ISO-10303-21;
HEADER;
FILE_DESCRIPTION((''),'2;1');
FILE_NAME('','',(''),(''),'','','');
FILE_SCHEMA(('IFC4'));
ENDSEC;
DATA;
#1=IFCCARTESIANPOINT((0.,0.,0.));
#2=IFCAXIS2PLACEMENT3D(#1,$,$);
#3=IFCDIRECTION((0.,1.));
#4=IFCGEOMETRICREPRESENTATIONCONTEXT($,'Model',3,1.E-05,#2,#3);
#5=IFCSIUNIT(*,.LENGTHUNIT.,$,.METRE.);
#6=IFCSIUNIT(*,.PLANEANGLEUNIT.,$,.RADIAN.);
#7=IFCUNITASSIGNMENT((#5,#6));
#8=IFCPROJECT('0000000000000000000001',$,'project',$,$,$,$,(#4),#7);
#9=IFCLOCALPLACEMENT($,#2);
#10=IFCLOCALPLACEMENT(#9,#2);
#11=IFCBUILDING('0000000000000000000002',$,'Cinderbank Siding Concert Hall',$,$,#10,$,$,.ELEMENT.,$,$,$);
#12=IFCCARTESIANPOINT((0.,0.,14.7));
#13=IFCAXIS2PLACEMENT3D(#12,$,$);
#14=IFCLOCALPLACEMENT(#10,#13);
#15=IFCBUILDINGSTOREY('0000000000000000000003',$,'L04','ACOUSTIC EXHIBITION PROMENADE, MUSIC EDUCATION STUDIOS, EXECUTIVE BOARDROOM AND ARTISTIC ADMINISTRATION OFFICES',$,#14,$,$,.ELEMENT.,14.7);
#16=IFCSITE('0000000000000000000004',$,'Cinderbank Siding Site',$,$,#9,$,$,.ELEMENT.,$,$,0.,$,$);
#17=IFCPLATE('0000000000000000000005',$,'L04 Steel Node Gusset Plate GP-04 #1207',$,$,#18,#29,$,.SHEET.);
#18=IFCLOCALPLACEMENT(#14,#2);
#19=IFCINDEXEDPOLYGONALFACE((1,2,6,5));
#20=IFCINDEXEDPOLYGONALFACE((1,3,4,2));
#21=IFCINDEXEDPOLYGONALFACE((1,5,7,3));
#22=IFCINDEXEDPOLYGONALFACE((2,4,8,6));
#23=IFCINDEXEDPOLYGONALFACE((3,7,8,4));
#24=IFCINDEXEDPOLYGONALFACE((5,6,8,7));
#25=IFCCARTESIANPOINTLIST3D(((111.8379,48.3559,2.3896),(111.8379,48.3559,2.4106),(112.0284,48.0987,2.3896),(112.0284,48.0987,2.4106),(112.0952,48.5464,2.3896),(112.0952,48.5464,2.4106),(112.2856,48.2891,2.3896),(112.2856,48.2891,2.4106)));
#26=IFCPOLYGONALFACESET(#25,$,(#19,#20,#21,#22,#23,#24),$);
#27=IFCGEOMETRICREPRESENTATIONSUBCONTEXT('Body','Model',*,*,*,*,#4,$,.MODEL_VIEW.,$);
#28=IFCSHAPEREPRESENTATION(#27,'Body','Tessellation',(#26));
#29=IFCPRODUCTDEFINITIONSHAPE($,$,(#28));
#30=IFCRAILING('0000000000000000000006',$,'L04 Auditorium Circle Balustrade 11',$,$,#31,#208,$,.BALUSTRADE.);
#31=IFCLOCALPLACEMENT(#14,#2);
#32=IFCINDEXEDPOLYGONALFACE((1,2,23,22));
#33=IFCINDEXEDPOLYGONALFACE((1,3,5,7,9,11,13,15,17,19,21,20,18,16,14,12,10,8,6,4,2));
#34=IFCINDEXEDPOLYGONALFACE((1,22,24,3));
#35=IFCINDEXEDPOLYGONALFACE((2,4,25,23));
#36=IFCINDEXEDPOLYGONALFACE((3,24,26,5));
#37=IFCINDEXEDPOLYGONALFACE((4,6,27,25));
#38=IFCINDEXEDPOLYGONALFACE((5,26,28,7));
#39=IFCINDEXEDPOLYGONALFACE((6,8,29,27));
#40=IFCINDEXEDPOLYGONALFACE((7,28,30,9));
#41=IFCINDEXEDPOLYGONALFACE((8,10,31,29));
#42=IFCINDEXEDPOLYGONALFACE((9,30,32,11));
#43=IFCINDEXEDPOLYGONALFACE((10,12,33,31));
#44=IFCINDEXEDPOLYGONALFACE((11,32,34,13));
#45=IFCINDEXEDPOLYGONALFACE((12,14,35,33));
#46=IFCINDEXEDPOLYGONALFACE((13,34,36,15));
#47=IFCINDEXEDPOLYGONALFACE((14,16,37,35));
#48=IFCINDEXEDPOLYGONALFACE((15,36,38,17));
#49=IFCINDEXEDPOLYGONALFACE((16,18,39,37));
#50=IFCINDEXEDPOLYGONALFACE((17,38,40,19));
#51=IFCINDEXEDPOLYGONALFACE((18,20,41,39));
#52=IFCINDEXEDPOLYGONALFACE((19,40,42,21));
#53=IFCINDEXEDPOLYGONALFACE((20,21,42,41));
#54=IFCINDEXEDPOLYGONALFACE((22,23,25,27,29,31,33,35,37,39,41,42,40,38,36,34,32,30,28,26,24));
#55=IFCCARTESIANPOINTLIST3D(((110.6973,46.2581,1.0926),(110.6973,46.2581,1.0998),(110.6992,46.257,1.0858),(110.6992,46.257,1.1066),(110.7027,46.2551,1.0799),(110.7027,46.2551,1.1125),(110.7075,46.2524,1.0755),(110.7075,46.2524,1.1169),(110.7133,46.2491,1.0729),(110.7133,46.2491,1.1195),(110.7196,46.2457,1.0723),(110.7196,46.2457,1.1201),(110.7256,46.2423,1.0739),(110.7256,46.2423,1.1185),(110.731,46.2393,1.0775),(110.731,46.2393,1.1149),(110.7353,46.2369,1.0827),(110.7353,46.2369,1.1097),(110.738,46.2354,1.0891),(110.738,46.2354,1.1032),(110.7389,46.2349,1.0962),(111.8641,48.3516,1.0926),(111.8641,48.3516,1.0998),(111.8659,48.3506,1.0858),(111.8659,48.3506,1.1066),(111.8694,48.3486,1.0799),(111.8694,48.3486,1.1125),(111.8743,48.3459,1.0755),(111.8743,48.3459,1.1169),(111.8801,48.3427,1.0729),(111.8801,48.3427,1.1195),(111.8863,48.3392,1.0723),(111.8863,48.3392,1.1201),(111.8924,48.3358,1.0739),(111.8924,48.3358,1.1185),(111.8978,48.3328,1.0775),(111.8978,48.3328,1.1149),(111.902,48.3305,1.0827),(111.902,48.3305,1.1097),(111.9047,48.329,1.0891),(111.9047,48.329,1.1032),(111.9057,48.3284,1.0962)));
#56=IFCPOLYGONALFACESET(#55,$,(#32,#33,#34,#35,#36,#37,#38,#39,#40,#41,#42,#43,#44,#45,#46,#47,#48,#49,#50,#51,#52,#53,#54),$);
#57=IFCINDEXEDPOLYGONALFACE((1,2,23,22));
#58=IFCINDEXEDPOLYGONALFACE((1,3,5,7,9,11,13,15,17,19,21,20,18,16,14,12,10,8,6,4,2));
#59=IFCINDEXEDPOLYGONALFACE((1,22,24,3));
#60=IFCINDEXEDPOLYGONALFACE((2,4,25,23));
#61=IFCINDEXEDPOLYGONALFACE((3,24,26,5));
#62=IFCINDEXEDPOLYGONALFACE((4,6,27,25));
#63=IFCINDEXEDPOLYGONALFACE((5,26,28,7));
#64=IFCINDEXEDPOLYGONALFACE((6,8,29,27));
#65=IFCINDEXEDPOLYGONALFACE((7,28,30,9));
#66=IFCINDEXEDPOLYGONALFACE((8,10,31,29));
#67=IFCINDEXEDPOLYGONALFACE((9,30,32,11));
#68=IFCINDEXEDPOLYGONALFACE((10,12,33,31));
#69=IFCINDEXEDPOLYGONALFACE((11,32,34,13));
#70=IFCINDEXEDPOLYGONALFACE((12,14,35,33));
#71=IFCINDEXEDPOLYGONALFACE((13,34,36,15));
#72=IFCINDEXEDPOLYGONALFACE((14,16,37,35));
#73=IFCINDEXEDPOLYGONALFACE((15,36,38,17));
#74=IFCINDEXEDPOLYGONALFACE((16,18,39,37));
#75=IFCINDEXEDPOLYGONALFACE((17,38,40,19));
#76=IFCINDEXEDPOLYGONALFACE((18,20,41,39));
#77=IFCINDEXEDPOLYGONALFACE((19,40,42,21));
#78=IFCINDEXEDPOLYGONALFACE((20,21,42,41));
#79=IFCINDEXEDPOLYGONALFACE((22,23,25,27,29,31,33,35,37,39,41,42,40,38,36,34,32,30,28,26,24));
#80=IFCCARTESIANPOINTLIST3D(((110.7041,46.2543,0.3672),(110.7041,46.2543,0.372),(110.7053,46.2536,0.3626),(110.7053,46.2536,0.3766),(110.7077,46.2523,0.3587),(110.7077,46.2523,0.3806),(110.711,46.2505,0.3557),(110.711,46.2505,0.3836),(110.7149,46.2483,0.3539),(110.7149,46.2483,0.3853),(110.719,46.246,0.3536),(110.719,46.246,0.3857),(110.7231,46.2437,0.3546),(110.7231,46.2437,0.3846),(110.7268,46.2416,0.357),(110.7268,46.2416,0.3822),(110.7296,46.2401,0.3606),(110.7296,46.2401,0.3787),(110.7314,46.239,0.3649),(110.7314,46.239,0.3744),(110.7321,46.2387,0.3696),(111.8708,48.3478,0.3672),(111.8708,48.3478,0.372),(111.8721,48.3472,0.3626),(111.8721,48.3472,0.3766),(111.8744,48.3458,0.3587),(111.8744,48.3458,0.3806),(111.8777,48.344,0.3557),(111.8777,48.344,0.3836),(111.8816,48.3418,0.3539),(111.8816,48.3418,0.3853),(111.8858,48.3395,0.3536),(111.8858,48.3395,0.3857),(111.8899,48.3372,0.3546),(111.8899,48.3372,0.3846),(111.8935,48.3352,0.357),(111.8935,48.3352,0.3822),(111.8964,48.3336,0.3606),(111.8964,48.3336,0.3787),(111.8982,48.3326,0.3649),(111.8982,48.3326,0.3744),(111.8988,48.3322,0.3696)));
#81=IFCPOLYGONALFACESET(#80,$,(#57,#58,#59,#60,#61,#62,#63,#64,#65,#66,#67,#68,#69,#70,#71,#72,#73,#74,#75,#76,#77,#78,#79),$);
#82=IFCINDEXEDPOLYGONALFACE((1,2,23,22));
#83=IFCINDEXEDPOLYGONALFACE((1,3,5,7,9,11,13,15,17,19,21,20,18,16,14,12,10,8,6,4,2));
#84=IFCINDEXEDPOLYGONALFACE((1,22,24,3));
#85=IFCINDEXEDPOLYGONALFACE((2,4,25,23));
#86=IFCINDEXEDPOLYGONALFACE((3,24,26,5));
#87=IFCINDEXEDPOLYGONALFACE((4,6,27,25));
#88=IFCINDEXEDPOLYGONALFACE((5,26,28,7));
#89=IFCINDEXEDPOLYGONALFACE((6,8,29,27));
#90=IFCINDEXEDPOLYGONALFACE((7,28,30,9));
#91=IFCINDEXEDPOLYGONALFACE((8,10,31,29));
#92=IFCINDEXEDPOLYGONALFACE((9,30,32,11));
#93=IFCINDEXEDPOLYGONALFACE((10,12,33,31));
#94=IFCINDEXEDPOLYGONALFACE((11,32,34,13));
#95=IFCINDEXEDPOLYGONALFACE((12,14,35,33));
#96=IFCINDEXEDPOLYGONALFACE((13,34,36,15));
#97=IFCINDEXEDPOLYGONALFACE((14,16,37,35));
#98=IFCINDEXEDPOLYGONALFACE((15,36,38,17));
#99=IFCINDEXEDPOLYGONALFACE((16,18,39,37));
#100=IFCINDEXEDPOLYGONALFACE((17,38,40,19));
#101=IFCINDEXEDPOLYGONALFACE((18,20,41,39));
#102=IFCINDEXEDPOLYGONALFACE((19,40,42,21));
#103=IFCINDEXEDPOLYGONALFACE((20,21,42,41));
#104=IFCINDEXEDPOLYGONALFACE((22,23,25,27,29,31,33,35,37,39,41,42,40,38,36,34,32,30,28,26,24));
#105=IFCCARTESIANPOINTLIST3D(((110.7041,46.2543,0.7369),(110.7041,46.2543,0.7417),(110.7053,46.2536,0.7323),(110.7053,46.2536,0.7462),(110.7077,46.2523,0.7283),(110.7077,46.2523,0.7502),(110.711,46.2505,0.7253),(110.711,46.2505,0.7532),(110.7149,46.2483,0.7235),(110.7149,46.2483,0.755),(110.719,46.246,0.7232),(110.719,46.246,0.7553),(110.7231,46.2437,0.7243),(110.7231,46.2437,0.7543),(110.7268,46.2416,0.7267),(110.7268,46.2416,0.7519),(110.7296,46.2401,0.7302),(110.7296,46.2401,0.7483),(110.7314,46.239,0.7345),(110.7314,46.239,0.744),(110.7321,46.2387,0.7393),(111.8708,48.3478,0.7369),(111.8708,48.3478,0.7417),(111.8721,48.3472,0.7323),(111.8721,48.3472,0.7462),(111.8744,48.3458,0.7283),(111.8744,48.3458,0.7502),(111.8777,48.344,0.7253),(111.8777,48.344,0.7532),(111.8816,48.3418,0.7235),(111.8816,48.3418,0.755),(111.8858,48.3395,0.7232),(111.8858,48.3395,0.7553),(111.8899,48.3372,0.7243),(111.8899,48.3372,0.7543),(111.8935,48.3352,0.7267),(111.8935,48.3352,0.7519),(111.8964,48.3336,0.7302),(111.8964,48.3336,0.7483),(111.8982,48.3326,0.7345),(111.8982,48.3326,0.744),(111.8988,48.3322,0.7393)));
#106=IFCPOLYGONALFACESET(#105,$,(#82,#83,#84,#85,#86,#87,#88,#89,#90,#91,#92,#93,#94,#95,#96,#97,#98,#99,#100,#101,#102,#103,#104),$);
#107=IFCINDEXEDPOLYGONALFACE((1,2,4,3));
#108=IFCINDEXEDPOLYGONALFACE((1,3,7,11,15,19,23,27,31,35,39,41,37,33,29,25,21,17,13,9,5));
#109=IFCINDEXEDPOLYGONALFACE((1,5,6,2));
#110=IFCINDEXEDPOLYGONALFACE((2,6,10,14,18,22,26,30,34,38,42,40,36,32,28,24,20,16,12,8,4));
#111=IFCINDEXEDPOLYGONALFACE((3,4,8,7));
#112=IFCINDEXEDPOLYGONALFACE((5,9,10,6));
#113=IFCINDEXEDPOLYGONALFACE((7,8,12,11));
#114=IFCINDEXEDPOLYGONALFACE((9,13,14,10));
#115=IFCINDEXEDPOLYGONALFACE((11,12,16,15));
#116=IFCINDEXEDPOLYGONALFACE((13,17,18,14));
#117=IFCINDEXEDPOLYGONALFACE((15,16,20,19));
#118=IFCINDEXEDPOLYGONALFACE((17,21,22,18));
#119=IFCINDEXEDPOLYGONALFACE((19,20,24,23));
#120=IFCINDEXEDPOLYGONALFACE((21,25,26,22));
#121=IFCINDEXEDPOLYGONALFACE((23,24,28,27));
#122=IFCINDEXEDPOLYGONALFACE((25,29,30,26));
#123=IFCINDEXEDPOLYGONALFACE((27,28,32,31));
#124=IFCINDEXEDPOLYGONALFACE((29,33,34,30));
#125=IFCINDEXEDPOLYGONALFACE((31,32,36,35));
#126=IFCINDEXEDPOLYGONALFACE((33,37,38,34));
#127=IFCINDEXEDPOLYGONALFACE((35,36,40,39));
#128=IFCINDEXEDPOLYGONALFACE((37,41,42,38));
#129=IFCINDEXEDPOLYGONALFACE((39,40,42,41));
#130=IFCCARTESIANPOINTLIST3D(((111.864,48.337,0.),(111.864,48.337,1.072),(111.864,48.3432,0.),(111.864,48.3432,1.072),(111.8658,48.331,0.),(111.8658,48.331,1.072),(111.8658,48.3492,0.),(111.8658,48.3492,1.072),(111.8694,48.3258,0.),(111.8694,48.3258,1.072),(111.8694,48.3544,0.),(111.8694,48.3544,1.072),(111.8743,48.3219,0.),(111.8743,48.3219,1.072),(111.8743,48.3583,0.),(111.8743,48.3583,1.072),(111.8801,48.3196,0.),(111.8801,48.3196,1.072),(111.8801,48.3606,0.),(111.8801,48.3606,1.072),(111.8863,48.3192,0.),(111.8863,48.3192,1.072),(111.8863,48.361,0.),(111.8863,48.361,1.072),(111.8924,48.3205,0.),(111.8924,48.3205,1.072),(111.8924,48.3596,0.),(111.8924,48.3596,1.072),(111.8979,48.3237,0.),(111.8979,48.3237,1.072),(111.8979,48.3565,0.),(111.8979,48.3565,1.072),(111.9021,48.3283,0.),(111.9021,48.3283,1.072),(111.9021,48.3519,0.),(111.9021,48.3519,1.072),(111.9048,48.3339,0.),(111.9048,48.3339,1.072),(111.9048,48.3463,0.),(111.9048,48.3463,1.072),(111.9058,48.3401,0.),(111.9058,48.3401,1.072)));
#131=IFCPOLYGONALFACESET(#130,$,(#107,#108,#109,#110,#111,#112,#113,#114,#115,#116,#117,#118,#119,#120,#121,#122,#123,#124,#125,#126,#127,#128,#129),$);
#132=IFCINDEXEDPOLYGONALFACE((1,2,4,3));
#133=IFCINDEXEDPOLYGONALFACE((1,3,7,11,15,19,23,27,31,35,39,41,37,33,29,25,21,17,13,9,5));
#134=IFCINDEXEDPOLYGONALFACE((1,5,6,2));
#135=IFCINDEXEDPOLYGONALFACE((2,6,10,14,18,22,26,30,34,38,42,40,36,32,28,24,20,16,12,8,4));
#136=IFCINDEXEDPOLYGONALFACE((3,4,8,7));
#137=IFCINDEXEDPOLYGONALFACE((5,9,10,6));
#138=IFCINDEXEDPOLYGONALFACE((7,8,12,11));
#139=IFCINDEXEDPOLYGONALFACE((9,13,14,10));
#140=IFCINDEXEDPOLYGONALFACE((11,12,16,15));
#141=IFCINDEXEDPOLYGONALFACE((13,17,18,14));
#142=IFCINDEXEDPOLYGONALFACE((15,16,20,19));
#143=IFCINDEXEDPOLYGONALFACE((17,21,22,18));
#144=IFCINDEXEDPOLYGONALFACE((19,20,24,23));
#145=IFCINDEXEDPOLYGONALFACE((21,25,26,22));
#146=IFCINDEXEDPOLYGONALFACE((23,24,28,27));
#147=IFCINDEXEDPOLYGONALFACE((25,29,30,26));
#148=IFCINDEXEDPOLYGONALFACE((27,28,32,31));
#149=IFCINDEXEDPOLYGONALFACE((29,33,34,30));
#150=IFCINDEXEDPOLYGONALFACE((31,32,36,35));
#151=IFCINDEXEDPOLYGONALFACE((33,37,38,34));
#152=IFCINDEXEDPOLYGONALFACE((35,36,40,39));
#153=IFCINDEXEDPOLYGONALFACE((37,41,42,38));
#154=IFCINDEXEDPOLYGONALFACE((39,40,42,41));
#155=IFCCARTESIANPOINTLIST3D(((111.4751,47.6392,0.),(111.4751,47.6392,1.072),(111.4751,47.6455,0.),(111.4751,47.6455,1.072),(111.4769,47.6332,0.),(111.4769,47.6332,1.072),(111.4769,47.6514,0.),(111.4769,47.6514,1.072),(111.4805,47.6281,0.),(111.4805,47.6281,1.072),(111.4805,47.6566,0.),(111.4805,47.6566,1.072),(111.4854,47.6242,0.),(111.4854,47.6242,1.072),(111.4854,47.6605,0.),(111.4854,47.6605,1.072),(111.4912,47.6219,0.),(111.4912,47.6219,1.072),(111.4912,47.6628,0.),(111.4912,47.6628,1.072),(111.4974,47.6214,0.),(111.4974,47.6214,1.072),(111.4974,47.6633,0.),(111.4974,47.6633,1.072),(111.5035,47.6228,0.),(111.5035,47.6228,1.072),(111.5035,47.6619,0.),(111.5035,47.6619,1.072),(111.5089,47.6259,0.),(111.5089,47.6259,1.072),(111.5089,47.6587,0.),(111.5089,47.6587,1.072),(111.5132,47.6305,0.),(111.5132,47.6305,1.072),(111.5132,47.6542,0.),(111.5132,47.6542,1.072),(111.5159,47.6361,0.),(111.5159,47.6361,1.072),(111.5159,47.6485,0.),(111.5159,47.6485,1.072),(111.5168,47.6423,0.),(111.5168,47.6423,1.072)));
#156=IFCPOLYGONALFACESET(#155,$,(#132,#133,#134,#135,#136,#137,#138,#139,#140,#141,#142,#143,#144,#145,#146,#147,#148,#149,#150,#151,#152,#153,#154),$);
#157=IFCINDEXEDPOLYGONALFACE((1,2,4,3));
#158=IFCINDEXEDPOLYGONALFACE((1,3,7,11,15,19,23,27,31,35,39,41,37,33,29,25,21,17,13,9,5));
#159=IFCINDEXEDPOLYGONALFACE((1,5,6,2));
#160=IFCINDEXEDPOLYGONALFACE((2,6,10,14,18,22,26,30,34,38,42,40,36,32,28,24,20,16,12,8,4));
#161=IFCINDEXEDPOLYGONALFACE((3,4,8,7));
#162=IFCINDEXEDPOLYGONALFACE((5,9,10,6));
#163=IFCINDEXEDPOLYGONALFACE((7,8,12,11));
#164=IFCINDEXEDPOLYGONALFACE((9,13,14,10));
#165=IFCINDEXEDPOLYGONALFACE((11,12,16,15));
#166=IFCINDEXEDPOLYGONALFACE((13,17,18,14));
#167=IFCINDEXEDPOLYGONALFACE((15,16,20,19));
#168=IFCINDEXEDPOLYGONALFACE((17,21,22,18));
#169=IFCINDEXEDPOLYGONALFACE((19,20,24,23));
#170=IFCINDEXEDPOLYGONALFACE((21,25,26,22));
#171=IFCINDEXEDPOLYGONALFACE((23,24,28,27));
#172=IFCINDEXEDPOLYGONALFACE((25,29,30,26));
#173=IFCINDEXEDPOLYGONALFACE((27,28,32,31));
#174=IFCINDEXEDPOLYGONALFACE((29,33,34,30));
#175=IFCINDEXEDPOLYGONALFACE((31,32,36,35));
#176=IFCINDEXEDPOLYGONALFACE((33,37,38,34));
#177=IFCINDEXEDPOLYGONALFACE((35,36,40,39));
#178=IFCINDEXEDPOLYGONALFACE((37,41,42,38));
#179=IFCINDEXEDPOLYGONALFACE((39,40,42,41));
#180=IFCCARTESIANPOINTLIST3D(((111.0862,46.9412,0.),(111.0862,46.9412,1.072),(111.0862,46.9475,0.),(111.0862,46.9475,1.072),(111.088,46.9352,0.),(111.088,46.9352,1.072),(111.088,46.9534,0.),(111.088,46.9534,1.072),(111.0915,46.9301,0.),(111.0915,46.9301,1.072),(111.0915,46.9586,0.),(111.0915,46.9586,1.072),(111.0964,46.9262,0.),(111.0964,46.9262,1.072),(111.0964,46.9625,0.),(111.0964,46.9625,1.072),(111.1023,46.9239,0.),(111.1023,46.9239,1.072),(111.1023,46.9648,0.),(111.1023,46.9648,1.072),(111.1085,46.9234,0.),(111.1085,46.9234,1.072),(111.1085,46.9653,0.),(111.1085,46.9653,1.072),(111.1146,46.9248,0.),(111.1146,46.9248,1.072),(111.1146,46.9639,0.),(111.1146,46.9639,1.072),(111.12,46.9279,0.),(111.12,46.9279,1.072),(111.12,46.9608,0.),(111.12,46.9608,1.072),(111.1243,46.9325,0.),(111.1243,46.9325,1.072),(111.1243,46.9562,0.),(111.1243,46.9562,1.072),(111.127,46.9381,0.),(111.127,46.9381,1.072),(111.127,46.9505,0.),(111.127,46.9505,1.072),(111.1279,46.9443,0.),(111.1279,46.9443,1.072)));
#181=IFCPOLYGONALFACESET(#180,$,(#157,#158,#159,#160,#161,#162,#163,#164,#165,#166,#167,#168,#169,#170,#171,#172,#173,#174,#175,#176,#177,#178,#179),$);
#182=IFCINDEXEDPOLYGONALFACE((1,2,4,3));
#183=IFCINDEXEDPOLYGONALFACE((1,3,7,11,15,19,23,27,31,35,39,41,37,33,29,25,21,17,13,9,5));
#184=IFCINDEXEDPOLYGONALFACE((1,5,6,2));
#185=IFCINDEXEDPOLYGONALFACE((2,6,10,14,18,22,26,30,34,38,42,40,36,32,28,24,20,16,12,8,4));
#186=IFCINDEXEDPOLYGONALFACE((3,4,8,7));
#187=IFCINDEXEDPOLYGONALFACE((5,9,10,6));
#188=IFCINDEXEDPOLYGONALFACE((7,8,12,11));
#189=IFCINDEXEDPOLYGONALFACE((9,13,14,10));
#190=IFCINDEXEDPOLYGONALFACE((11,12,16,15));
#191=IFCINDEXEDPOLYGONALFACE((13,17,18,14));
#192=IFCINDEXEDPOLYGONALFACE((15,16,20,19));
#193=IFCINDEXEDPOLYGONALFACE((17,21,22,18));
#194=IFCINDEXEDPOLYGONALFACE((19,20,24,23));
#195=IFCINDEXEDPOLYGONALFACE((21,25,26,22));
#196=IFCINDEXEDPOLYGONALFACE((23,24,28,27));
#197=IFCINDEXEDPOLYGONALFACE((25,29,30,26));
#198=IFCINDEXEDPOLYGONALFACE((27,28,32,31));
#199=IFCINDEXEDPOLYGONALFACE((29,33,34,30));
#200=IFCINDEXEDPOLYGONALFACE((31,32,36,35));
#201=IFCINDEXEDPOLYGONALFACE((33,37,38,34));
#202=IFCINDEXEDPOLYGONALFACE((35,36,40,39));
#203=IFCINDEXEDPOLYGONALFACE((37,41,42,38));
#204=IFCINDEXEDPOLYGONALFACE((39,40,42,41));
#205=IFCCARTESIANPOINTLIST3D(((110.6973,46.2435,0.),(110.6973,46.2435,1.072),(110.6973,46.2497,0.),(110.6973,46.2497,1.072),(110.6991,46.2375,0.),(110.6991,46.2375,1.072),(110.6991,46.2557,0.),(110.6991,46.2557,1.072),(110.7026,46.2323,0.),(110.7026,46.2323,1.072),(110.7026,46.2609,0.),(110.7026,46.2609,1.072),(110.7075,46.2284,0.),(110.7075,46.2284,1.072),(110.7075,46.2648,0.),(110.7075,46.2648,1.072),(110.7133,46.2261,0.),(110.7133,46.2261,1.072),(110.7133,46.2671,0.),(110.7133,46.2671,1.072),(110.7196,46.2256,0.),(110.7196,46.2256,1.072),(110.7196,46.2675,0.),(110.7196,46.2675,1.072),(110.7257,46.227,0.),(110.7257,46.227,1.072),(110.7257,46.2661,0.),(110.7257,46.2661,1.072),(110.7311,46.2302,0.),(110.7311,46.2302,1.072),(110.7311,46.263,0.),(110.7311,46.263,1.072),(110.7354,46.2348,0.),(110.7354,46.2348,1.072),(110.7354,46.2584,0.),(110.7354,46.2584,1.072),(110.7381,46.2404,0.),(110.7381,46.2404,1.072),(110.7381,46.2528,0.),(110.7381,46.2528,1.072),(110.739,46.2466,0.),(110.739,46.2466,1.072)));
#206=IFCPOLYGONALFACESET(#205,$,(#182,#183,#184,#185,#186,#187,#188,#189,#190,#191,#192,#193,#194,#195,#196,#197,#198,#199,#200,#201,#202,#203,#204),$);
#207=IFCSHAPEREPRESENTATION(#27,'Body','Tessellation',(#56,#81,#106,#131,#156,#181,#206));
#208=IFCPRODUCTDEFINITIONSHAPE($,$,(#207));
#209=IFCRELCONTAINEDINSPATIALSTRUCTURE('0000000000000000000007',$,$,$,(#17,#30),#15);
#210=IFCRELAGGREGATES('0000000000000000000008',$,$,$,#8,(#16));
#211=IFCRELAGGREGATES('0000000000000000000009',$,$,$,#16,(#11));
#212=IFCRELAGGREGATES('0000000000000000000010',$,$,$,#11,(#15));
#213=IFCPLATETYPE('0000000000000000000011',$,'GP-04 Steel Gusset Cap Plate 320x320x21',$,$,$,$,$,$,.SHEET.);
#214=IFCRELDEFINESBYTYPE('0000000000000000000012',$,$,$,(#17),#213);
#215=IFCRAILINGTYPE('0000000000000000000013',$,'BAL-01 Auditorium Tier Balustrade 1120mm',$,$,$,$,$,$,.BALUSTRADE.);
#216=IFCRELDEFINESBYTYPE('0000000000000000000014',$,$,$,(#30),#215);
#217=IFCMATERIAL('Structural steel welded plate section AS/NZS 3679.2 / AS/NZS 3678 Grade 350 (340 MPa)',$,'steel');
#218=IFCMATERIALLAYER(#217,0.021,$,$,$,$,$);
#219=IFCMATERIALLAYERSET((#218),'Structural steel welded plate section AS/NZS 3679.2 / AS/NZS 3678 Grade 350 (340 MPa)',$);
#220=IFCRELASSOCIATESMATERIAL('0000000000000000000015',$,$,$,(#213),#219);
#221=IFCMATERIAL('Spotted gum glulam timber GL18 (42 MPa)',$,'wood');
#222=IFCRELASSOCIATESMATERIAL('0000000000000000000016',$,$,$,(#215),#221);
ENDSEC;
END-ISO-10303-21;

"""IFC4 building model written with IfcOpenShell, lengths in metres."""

from ifc_helpers import new_model, si_unit, direction, frame, origin, origin_2d, place, context, subcontext, project, spatial, rectangle, circle, extrude, material, layer, layer_set, type_object, element, save


model = new_model("IFC4")

# Units and contexts
model_context = context("Model", 3, precision=1e-05, world=origin(), true_north=direction((0.0, 1.0)))
body_context = subcontext(model_context, "Body", "Model", "MODEL_VIEW")
ifc_project = project(units=[si_unit("LENGTHUNIT", "METRE"), si_unit("PLANEANGLEUNIT", "RADIAN")], contexts=[model_context])

# Site, building, storey
site_placement = place(None, origin())
site = spatial("IfcSite", under=ifc_project, at=site_placement, Name="Cinderbank Siding Site", CompositionType="ELEMENT", RefElevation=0.0)
building_placement = place(site_placement, origin())
building = spatial("IfcBuilding", under=site, at=building_placement, Name="Cinderbank Siding Concert Hall", CompositionType="ELEMENT")
storey_placement = place(building_placement, frame((0.0, 0.0, 14.7)))
storey = spatial("IfcBuildingStorey", under=building, at=storey_placement, Name="L04", Description="ACOUSTIC EXHIBITION PROMENADE, MUSIC EDUCATION STUDIOS, EXECUTIVE BOARDROOM AND ARTISTIC ADMINISTRATION OFFICES", CompositionType="ELEMENT", Elevation=14.7)

# Shared definitions
ifc_material_1 = material(Name="Spotted gum glulam timber GL18 (42 MPa)", Category="wood")

# Plate
ifc_material_2 = material(Name="Structural steel welded plate section AS/NZS 3679.2 / AS/NZS 3678 Grade 350 (340 MPa)", Category="steel")
ifc_layer_1 = layer(ifc_material_2, 0.021)
ifc_layer_set_1 = layer_set([ifc_layer_1], Name="Structural steel welded plate section AS/NZS 3679.2 / AS/NZS 3678 Grade 350 (340 MPa)")
plate_type_1 = type_object("IfcPlateType", Name="GP-04 Steel Gusset Cap Plate 320x320x21", PredefinedType="SHEET", material=ifc_layer_set_1)
plate_1_placement = place(storey_placement, frame((112.0618, 48.3225, 2.3896), z_axis=(0.0, 0.0, 1.0), x_axis=(0.803753, 0.594963, 0.0)))
element("IfcPlate", 1, at=plate_1_placement, inside=storey, type_object=plate_type_1, Name="L04 Steel Node Gusset Plate GP-04 #1207", PredefinedType="SHEET", context=body_context, shape_type="SweptSolid", body=[
    extrude(rectangle(XDim=0.3201, YDim=0.3201, at=origin_2d()), origin(), (0.0, 0.0, 1.0), 0.021),
])

# Railing
railing_type = type_object("IfcRailingType", Name="BAL-01 Auditorium Tier Balustrade 1120mm", PredefinedType="BALUSTRADE", material=ifc_material_1)
railing_1_placement = place(storey_placement, frame((111.8848, 48.3401, 0.0)))
element("IfcRailing", 2, at=railing_1_placement, inside=storey, type_object=railing_type, Name="L04 Auditorium Circle Balustrade 11", PredefinedType="BALUSTRADE", context=body_context, shape_type="SweptSolid", body=[
    extrude(circle(Radius=0.0239, at=origin_2d()), frame((0.0, 0.0, 1.0962), z_axis=(-0.486819, -0.873503, 0.0), x_axis=(0.873503, -0.486819, 0.0)), (0.0, 0.0, 1.0), 2.3967),
    extrude(circle(Radius=0.0161, at=origin_2d()), frame((0.0, 0.0, 0.3696), z_axis=(-0.486819, -0.873503, 0.0), x_axis=(0.873503, -0.486819, 0.0)), (0.0, 0.0, 1.0), 2.3967),
    extrude(circle(Radius=0.0161, at=origin_2d()), frame((0.0, 0.0, 0.7393), z_axis=(-0.486819, -0.873503, 0.0), x_axis=(0.873503, -0.486819, 0.0)), (0.0, 0.0, 1.0), 2.3967),
    extrude(circle(Radius=0.021, at=origin_2d()), origin(), (0.0, 0.0, 1.0), 1.072),
    extrude(circle(Radius=0.021, at=origin_2d()), frame((-0.3889, -0.6978, 0.0)), (0.0, 0.0, 1.0), 1.072),
    extrude(circle(Radius=0.021, at=origin_2d()), frame((-0.7778, -1.3958, 0.0)), (0.0, 0.0, 1.0), 1.072),
    extrude(circle(Radius=0.021, at=origin_2d()), frame((-1.1667, -2.0935, 0.0)), (0.0, 0.0, 1.0), 1.072),
])

save(model, "model.ifc")
